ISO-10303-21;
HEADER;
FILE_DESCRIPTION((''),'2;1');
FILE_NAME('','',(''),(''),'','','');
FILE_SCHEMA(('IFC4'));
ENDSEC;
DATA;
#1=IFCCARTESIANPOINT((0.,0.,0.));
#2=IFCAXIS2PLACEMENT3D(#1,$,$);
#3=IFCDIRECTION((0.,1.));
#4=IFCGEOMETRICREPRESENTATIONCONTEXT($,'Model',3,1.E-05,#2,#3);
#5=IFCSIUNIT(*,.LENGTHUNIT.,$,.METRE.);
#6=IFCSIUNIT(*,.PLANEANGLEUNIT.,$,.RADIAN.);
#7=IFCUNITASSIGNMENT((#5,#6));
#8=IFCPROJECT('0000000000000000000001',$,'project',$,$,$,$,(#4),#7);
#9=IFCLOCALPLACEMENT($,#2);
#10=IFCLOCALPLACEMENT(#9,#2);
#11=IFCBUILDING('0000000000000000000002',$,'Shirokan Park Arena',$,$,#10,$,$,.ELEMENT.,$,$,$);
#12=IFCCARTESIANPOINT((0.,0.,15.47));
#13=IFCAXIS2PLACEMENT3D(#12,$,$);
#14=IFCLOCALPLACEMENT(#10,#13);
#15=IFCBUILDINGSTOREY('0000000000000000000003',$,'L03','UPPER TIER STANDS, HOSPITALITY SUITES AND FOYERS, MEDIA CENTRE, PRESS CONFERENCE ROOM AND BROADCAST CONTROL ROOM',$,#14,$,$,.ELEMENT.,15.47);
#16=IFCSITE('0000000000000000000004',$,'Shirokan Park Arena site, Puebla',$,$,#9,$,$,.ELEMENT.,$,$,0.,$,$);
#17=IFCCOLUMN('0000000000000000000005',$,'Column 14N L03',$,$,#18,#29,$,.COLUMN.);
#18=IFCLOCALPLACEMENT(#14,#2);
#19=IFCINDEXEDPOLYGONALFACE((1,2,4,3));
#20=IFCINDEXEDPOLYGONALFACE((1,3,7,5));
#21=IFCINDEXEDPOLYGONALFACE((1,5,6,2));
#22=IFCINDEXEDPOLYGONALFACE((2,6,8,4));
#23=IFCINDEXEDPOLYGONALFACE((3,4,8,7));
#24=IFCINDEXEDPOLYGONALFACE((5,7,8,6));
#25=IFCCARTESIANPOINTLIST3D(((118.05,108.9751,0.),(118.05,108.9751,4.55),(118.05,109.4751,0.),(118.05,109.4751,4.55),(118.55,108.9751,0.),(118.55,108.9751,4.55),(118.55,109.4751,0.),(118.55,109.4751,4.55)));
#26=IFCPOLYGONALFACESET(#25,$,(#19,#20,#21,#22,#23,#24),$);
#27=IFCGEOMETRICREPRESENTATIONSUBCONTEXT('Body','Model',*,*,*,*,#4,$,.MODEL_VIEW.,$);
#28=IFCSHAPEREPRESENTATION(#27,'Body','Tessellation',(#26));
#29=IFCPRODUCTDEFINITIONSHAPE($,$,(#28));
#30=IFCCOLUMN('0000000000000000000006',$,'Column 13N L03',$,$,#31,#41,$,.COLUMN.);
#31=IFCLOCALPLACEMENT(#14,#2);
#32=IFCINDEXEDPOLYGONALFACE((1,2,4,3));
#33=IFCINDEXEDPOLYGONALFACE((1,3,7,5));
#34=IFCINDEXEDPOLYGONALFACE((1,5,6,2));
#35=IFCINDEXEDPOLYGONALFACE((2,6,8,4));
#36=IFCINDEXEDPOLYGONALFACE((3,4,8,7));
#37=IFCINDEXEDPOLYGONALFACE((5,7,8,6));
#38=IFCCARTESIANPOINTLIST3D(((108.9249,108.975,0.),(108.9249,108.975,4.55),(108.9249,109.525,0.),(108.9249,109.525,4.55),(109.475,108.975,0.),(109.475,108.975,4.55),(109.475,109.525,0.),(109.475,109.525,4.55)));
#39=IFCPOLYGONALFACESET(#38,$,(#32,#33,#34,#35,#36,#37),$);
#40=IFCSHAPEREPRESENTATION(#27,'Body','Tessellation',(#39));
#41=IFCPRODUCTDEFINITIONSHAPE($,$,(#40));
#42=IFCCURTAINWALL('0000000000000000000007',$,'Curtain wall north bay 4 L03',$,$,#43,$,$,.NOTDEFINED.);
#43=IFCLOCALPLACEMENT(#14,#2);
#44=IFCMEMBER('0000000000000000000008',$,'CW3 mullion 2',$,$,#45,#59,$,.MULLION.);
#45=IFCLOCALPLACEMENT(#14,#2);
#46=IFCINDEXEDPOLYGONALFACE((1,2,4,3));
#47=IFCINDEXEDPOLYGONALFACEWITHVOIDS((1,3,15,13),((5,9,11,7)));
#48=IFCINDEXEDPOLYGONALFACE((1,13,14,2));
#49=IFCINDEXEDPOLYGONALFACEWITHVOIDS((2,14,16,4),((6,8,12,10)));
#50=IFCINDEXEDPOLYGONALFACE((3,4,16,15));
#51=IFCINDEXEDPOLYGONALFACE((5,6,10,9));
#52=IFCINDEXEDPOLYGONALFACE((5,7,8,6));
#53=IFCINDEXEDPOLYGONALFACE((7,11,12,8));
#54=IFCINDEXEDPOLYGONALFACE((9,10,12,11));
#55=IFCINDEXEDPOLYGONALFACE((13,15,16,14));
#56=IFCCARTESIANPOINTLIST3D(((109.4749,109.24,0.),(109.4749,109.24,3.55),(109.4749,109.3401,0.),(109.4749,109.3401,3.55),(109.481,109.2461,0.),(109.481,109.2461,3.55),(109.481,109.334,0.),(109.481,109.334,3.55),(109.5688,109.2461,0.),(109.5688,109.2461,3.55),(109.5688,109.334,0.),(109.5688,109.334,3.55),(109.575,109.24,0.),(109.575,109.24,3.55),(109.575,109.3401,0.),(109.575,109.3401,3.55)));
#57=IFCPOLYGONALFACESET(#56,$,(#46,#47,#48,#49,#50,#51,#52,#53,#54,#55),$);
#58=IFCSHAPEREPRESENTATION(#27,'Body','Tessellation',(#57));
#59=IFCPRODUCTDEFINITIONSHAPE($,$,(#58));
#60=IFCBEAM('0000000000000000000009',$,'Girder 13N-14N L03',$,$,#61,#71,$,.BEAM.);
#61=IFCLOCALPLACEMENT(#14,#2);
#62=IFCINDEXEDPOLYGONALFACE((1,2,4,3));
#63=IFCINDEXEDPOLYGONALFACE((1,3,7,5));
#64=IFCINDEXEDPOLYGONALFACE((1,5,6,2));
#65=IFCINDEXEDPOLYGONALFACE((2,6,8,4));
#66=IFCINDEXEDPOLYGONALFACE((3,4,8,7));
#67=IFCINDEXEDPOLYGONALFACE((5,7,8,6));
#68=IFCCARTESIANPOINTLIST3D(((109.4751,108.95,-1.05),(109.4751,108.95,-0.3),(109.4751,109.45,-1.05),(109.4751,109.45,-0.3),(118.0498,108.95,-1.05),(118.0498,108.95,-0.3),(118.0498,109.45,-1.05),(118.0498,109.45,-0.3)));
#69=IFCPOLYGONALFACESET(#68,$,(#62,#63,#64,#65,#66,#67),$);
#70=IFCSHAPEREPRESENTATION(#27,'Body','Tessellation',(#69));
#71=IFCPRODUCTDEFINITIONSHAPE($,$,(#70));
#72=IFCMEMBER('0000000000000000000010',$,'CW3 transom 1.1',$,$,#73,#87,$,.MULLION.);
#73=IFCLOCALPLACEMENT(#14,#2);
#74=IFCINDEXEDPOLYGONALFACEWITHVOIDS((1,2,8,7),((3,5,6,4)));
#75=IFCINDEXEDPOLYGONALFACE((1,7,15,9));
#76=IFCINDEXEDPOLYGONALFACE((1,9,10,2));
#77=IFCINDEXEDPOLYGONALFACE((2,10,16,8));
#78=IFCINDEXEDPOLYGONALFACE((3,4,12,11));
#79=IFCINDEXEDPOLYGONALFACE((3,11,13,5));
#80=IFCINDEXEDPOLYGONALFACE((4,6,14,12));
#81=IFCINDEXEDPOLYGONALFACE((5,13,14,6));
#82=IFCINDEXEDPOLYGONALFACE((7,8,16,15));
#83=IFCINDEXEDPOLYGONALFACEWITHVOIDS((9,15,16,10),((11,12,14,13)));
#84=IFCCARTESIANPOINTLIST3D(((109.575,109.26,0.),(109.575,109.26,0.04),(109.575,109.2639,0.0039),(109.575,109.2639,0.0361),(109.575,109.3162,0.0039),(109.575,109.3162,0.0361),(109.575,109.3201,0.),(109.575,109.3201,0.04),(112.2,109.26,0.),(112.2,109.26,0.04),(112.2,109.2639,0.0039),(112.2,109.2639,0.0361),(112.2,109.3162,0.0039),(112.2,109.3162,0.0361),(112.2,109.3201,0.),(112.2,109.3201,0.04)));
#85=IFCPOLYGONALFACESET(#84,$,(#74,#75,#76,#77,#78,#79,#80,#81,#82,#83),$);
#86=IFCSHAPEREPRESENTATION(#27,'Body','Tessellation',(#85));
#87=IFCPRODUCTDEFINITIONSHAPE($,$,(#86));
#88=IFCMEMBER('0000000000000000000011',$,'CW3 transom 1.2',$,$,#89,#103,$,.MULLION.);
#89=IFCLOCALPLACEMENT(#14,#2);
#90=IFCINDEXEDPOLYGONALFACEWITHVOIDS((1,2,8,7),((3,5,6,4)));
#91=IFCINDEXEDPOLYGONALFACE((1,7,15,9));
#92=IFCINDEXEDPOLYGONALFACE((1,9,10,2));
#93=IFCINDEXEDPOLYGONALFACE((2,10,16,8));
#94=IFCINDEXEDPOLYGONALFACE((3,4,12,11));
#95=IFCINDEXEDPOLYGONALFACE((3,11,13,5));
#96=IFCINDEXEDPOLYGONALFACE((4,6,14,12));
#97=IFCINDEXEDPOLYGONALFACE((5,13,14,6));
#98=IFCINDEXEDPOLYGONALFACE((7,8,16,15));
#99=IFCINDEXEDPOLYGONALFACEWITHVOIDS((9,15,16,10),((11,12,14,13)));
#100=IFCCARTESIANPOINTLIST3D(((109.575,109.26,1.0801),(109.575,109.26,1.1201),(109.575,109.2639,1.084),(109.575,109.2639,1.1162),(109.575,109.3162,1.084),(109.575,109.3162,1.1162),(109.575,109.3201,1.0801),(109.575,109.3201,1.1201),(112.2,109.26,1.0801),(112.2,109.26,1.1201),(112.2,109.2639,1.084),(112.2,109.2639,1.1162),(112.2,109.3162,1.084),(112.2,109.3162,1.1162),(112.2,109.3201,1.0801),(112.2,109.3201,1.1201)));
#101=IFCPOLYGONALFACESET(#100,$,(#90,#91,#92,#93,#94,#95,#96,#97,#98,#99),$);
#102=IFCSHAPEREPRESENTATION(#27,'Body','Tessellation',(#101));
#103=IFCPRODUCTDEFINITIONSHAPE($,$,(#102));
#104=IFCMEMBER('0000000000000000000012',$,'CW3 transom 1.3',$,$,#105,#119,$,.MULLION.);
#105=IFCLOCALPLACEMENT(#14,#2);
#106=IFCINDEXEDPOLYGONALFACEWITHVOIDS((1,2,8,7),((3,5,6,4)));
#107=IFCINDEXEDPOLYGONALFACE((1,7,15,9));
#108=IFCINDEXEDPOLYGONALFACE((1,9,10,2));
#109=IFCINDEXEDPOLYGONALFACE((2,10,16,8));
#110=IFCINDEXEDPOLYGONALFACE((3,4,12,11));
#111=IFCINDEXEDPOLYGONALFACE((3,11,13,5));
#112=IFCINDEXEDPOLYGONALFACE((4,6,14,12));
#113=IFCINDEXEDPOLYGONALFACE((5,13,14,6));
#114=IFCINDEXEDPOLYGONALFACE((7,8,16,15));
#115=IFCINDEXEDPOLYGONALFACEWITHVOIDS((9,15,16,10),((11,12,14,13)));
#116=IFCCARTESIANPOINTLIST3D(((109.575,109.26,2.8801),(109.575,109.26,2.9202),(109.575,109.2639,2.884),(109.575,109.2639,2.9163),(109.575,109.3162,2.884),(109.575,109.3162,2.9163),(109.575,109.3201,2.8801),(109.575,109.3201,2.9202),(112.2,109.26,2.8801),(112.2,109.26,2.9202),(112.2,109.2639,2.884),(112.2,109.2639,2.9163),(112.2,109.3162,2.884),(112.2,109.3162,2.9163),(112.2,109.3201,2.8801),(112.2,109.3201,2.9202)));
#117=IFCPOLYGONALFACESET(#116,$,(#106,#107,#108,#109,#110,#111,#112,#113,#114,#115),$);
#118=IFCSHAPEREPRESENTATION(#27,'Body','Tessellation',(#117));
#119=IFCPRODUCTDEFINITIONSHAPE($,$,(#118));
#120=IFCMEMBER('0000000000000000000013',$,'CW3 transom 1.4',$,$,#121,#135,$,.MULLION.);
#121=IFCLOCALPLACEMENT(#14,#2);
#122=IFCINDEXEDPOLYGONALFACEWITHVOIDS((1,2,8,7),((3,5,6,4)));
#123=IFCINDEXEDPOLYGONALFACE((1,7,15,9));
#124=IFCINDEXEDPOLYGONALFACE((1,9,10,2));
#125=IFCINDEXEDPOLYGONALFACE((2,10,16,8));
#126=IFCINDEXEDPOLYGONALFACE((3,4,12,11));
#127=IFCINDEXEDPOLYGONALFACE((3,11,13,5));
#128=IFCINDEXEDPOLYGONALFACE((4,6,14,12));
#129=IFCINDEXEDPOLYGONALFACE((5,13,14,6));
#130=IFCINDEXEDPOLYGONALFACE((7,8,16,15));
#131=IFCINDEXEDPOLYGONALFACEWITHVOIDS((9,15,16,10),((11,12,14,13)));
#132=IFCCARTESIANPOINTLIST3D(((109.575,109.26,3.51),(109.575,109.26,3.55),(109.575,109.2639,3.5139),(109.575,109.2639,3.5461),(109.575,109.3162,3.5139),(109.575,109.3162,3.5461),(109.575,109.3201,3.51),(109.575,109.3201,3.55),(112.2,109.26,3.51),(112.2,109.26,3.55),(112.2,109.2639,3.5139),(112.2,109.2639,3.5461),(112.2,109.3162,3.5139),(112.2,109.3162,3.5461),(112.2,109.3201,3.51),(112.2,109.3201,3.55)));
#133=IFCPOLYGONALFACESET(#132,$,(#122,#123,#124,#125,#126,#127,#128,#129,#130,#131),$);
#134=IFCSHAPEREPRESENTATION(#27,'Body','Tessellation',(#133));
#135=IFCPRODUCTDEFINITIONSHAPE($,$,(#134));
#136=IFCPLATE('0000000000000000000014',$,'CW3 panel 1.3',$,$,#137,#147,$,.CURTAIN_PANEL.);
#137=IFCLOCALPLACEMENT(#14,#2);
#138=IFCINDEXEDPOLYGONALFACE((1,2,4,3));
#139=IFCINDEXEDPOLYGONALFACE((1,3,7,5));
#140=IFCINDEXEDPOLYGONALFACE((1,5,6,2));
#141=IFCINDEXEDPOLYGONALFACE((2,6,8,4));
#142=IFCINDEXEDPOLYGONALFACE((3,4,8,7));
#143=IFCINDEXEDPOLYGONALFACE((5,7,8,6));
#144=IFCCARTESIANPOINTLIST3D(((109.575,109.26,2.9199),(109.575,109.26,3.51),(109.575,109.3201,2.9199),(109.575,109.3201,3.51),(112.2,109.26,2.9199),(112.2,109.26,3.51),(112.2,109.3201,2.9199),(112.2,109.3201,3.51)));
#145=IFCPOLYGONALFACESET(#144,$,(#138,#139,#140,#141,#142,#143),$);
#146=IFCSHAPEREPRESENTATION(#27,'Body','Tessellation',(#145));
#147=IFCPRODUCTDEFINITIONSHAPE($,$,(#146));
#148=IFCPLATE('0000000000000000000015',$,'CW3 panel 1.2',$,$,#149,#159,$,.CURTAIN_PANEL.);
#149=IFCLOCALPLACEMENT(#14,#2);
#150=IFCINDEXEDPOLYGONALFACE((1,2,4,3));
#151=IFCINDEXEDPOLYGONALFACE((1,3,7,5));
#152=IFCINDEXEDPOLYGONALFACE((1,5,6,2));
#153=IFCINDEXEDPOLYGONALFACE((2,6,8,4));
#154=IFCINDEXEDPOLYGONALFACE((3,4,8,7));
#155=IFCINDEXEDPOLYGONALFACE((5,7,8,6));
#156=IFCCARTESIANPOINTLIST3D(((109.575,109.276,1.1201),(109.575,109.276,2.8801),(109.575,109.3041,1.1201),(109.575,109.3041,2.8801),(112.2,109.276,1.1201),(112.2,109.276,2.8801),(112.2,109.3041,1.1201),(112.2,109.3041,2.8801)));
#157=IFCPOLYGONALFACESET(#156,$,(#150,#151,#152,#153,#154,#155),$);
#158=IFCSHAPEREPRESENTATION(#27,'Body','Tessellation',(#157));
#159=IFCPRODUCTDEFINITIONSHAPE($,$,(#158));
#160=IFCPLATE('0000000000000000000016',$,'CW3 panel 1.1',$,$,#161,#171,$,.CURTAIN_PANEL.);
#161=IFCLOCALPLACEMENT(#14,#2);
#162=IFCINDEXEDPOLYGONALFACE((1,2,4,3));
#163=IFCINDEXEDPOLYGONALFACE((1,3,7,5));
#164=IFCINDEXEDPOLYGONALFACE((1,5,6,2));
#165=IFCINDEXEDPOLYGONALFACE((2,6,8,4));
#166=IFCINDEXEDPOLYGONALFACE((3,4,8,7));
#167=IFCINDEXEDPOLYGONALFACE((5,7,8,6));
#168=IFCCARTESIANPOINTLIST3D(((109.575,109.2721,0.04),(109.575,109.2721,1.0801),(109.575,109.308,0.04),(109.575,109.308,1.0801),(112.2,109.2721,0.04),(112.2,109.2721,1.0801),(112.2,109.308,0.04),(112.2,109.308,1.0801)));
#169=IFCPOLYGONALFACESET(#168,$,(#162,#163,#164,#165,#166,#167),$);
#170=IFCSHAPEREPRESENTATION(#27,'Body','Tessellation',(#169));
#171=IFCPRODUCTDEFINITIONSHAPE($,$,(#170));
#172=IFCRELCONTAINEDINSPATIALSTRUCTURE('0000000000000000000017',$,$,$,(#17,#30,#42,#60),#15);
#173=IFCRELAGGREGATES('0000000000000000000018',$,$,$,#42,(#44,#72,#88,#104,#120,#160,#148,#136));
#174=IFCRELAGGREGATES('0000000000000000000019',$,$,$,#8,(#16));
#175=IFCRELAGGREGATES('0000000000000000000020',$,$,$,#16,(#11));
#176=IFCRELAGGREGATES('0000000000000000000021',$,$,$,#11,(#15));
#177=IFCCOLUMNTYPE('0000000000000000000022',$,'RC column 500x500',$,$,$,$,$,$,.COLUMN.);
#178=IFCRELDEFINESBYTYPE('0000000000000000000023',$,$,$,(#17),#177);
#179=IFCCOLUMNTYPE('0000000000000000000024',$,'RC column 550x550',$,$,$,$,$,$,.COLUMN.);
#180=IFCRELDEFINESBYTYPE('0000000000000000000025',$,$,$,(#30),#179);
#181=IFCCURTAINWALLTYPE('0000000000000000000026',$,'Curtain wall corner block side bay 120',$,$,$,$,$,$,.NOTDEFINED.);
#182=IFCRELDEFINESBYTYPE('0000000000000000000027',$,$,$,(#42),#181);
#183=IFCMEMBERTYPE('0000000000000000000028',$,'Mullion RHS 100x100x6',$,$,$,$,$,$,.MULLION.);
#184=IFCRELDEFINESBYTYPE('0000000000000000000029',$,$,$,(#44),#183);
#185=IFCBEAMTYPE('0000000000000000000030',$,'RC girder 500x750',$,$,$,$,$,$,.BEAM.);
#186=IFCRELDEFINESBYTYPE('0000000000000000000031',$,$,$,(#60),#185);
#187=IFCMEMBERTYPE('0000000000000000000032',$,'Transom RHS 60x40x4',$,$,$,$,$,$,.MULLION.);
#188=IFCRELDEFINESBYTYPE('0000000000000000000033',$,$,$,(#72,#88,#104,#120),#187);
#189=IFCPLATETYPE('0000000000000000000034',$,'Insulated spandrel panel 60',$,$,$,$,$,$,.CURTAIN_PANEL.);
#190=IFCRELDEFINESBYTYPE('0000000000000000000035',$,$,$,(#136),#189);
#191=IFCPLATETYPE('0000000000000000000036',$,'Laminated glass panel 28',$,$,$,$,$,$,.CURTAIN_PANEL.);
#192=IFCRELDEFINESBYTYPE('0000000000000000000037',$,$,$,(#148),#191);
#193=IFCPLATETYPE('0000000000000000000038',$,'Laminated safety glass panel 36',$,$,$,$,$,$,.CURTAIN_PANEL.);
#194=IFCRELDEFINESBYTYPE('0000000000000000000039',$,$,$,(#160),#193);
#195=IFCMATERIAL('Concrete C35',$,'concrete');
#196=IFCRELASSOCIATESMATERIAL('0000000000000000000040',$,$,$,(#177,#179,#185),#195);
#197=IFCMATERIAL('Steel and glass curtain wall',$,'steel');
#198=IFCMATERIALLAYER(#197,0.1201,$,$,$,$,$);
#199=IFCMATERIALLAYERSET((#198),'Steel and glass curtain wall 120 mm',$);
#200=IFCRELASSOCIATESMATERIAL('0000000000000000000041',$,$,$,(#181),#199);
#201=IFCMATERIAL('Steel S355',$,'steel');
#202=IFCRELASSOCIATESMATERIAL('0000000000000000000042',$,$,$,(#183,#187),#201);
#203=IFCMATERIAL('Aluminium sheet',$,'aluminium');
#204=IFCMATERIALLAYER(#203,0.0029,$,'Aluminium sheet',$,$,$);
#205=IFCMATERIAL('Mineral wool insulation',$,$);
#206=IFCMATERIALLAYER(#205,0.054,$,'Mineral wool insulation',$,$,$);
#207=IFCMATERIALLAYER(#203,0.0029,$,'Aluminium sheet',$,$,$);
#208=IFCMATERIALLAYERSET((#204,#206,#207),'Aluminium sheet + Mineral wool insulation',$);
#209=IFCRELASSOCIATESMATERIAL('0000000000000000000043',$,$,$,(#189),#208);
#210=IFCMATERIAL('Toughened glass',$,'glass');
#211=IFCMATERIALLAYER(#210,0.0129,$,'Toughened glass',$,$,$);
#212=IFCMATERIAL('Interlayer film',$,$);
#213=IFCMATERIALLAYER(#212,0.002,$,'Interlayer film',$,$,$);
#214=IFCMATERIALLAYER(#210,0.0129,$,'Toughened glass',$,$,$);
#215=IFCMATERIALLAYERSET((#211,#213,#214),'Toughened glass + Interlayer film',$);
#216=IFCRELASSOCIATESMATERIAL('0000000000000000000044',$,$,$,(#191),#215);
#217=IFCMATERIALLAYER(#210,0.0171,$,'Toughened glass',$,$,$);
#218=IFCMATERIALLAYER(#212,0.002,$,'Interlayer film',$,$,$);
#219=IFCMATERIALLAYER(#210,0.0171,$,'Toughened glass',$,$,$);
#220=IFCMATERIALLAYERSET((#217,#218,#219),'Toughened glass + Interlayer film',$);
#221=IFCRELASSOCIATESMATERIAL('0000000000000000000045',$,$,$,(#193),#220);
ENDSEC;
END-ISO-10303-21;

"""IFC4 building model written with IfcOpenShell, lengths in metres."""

from ifc_helpers import new_model, si_unit, direction, frame, origin, origin_2d, place, context, subcontext, project, spatial, rectangle, hollow_rectangle, extrude, material, layer, layer_set, material_profile, profile_set, type_object, element, aggregate, save


model = new_model("IFC4")

# Units and contexts
model_context = context("Model", 3, precision=1e-05, world=origin(), true_north=direction((0.0, 1.0)))
body_context = subcontext(model_context, "Body", "Model", "MODEL_VIEW")
ifc_project = project(units=[si_unit("LENGTHUNIT", "METRE"), si_unit("PLANEANGLEUNIT", "RADIAN")], contexts=[model_context])

# Site, building, storey
site_placement = place(None, origin())
site = spatial("IfcSite", under=ifc_project, at=site_placement, Name="Shirokan Park Arena site, Puebla", CompositionType="ELEMENT", RefElevation=0.0)
building_placement = place(site_placement, origin())
building = spatial("IfcBuilding", under=site, at=building_placement, Name="Shirokan Park Arena", CompositionType="ELEMENT")
storey_placement = place(building_placement, frame((0.0, 0.0, 15.47)))
storey = spatial("IfcBuildingStorey", under=building, at=storey_placement, Name="L03", Description="UPPER TIER STANDS, HOSPITALITY SUITES AND FOYERS, MEDIA CENTRE, PRESS CONFERENCE ROOM AND BROADCAST CONTROL ROOM", CompositionType="ELEMENT", Elevation=15.47)

# Columns
ifc_material_1 = material(Name="Concrete C35", Category="concrete")
ifc_material_profile_1 = material_profile(ifc_material_1, rectangle(XDim=0.5, YDim=0.5, at=origin_2d()), Name="500x500")
ifc_profile_set_1 = profile_set([ifc_material_profile_1], Name="Concrete C35")
column_type_1 = type_object("IfcColumnType", Name="RC column 500x500", PredefinedType="COLUMN", material=ifc_profile_set_1)
column_1_placement = place(storey_placement, frame((118.3, 109.2251, 0.0), z_axis=(0.0, 0.0, 1.0), x_axis=(1.0, 0.0, 0.0)))
element("IfcColumn", 1, at=column_1_placement, inside=storey, type_object=column_type_1, Name="Column 14N L03", PredefinedType="COLUMN", context=body_context, shape_type="SweptSolid", body=[
    extrude(rectangle(XDim=0.5, YDim=0.5, at=origin_2d()), origin(), (0.0, 0.0, 1.0), 4.55),
])
ifc_material_profile_2 = material_profile(ifc_material_1, rectangle(XDim=0.55, YDim=0.55, at=origin_2d()), Name="550x550")
ifc_profile_set_2 = profile_set([ifc_material_profile_2], Name="Concrete C35")
column_type_2 = type_object("IfcColumnType", Name="RC column 550x550", PredefinedType="COLUMN", material=ifc_profile_set_2)
column_2_placement = place(storey_placement, frame((109.2, 109.25, 0.0), z_axis=(0.0, 0.0, 1.0), x_axis=(1.0, 0.0, 0.0)))
element("IfcColumn", 2, at=column_2_placement, inside=storey, type_object=column_type_2, Name="Column 13N L03", PredefinedType="COLUMN", context=body_context, shape_type="SweptSolid", body=[
    extrude(rectangle(XDim=0.55, YDim=0.55, at=origin_2d()), origin(), (0.0, 0.0, 1.0), 4.55),
])

# Curtain wall, member
ifc_material_2 = material(Name="Steel and glass curtain wall", Category="steel")
ifc_layer_1 = layer(ifc_material_2, 0.1201)
ifc_layer_set_1 = layer_set([ifc_layer_1], Name="Steel and glass curtain wall 120 mm")
curtain_wall_type = type_object("IfcCurtainWallType", Name="Curtain wall corner block side bay 120", PredefinedType="NOTDEFINED", material=ifc_layer_set_1)
curtain_wall_placement = place(storey_placement, origin())
curtain_wall = element("IfcCurtainWall", 3, at=curtain_wall_placement, inside=storey, type_object=curtain_wall_type, Name="Curtain wall north bay 4 L03", PredefinedType="NOTDEFINED")
ifc_material_3 = material(Name="Steel S355", Category="steel")
ifc_material_profile_3 = material_profile(ifc_material_3, hollow_rectangle(XDim=0.1001, YDim=0.1001, WallThickness=0.0061, at=origin_2d()), Name="RHS 100x100x6")
ifc_profile_set_3 = profile_set([ifc_material_profile_3], Name="Steel S355")
member_type_1 = type_object("IfcMemberType", Name="Mullion RHS 100x100x6", PredefinedType="MULLION", material=ifc_profile_set_3)
member_1_placement = place(storey_placement, frame((109.5249, 109.29, 0.0), z_axis=(0.0, 0.0, 1.0), x_axis=(0.0, -1.0, 0.0)))
member_1 = element("IfcMember", 4, at=member_1_placement, type_object=member_type_1, Name="CW3 mullion 2", PredefinedType="MULLION", context=body_context, shape_type="SweptSolid", body=[
    extrude(hollow_rectangle(XDim=0.1001, YDim=0.1001, WallThickness=0.0061, at=origin_2d()), origin(), (0.0, 0.0, 1.0), 3.55),
])

# Beam
ifc_material_profile_4 = material_profile(ifc_material_1, rectangle(XDim=0.5, YDim=0.75, at=origin_2d()), Name="500x750")
ifc_profile_set_4 = profile_set([ifc_material_profile_4], Name="Concrete C35")
beam_type = type_object("IfcBeamType", Name="RC girder 500x750", PredefinedType="BEAM", material=ifc_profile_set_4)
beam_placement = place(storey_placement, frame((109.4751, 109.2, -0.675), z_axis=(1.0, 0.0, 0.0), x_axis=(0.0, 1.0, 0.0)))
element("IfcBeam", 5, at=beam_placement, inside=storey, type_object=beam_type, Name="Girder 13N-14N L03", PredefinedType="BEAM", context=body_context, shape_type="SweptSolid", body=[
    extrude(rectangle(XDim=0.5, YDim=0.75, at=origin_2d()), origin(), (0.0, 0.0, 1.0), 8.5747),
])

# Members
ifc_material_profile_5 = material_profile(ifc_material_3, hollow_rectangle(XDim=0.0601, YDim=0.04, WallThickness=0.0039, at=origin_2d()), Name="RHS 60x40x4")
ifc_profile_set_5 = profile_set([ifc_material_profile_5], Name="Steel S355")
member_type_2 = type_object("IfcMemberType", Name="Transom RHS 60x40x4", PredefinedType="MULLION", material=ifc_profile_set_5)
member_2_placement = place(storey_placement, frame((112.2, 109.29, 0.02), z_axis=(-1.0, 0.0, 0.0), x_axis=(0.0, -1.0, 0.0)))
member_2 = element("IfcMember", 6, at=member_2_placement, type_object=member_type_2, Name="CW3 transom 1.1", PredefinedType="MULLION", context=body_context, shape_type="SweptSolid", body=[
    extrude(hollow_rectangle(XDim=0.0601, YDim=0.04, WallThickness=0.0039, at=origin_2d()), origin(), (0.0, 0.0, 1.0), 2.625),
])
member_3_placement = place(storey_placement, frame((112.2, 109.29, 1.1001), z_axis=(-1.0, 0.0, 0.0), x_axis=(0.0, -1.0, 0.0)))
member_3 = element("IfcMember", 7, at=member_3_placement, type_object=member_type_2, Name="CW3 transom 1.2", PredefinedType="MULLION", context=body_context, shape_type="SweptSolid", body=[
    extrude(hollow_rectangle(XDim=0.0601, YDim=0.04, WallThickness=0.0039, at=origin_2d()), origin(), (0.0, 0.0, 1.0), 2.625),
])
member_4_placement = place(storey_placement, frame((112.2, 109.29, 2.9001), z_axis=(-1.0, 0.0, 0.0), x_axis=(0.0, -1.0, 0.0)))
member_4 = element("IfcMember", 8, at=member_4_placement, type_object=member_type_2, Name="CW3 transom 1.3", PredefinedType="MULLION", context=body_context, shape_type="SweptSolid", body=[
    extrude(hollow_rectangle(XDim=0.0601, YDim=0.04, WallThickness=0.0039, at=origin_2d()), origin(), (0.0, 0.0, 1.0), 2.625),
])
member_5_placement = place(storey_placement, frame((112.2, 109.29, 3.53), z_axis=(-1.0, 0.0, 0.0), x_axis=(0.0, -1.0, 0.0)))
member_5 = element("IfcMember", 9, at=member_5_placement, type_object=member_type_2, Name="CW3 transom 1.4", PredefinedType="MULLION", context=body_context, shape_type="SweptSolid", body=[
    extrude(hollow_rectangle(XDim=0.0601, YDim=0.04, WallThickness=0.0039, at=origin_2d()), origin(), (0.0, 0.0, 1.0), 2.625),
])

# Plates
ifc_material_4 = material(Name="Aluminium sheet", Category="aluminium")
ifc_layer_2 = layer(ifc_material_4, 0.0029, Name="Aluminium sheet")
ifc_material_5 = material(Name="Mineral wool insulation")
ifc_layer_3 = layer(ifc_material_5, 0.054, Name="Mineral wool insulation")
ifc_layer_4 = layer(ifc_material_4, 0.0029, Name="Aluminium sheet")
ifc_layer_set_2 = layer_set([ifc_layer_2, ifc_layer_3, ifc_layer_4], Name="Aluminium sheet + Mineral wool insulation")
plate_type_1 = type_object("IfcPlateType", Name="Insulated spandrel panel 60", PredefinedType="CURTAIN_PANEL", material=ifc_layer_set_2)
plate_1_placement = place(storey_placement, frame((110.8875, 109.29, 2.9199), z_axis=(0.0, 0.0, 1.0), x_axis=(-1.0, 0.0, 0.0)))
plate_1 = element("IfcPlate", 10, at=plate_1_placement, type_object=plate_type_1, Name="CW3 panel 1.3", PredefinedType="CURTAIN_PANEL", context=body_context, shape_type="SweptSolid", body=[
    extrude(rectangle(XDim=2.625, YDim=0.0601, at=origin_2d()), origin(), (0.0, 0.0, 1.0), 0.5901),
])
ifc_material_6 = material(Name="Toughened glass", Category="glass")
ifc_layer_5 = layer(ifc_material_6, 0.0129, Name="Toughened glass")
ifc_material_7 = material(Name="Interlayer film")
ifc_layer_6 = layer(ifc_material_7, 0.002, Name="Interlayer film")
ifc_layer_7 = layer(ifc_material_6, 0.0129, Name="Toughened glass")
ifc_layer_set_3 = layer_set([ifc_layer_5, ifc_layer_6, ifc_layer_7], Name="Toughened glass + Interlayer film")
plate_type_2 = type_object("IfcPlateType", Name="Laminated glass panel 28", PredefinedType="CURTAIN_PANEL", material=ifc_layer_set_3)
plate_2_placement = place(storey_placement, frame((110.8875, 109.29, 1.1201), z_axis=(0.0, 0.0, 1.0), x_axis=(-1.0, 0.0, 0.0)))
plate_2 = element("IfcPlate", 11, at=plate_2_placement, type_object=plate_type_2, Name="CW3 panel 1.2", PredefinedType="CURTAIN_PANEL", context=body_context, shape_type="SweptSolid", body=[
    extrude(rectangle(XDim=2.625, YDim=0.0281, at=origin_2d()), origin(), (0.0, 0.0, 1.0), 1.76),
])
ifc_layer_8 = layer(ifc_material_6, 0.0171, Name="Toughened glass")
ifc_layer_9 = layer(ifc_material_7, 0.002, Name="Interlayer film")
ifc_layer_10 = layer(ifc_material_6, 0.0171, Name="Toughened glass")
ifc_layer_set_4 = layer_set([ifc_layer_8, ifc_layer_9, ifc_layer_10], Name="Toughened glass + Interlayer film")
plate_type_3 = type_object("IfcPlateType", Name="Laminated safety glass panel 36", PredefinedType="CURTAIN_PANEL", material=ifc_layer_set_4)
plate_3_placement = place(storey_placement, frame((110.8875, 109.29, 0.04), z_axis=(0.0, 0.0, 1.0), x_axis=(-1.0, 0.0, 0.0)))
plate_3 = element("IfcPlate", 12, at=plate_3_placement, type_object=plate_type_3, Name="CW3 panel 1.1", PredefinedType="CURTAIN_PANEL", context=body_context, shape_type="SweptSolid", body=[
    extrude(rectangle(XDim=2.625, YDim=0.0359, at=origin_2d()), origin(), (0.0, 0.0, 1.0), 1.04),
])
aggregate(curtain_wall, [member_1, member_2, member_3, member_4, member_5, plate_3, plate_2, plate_1])

save(model, "model.ifc")
